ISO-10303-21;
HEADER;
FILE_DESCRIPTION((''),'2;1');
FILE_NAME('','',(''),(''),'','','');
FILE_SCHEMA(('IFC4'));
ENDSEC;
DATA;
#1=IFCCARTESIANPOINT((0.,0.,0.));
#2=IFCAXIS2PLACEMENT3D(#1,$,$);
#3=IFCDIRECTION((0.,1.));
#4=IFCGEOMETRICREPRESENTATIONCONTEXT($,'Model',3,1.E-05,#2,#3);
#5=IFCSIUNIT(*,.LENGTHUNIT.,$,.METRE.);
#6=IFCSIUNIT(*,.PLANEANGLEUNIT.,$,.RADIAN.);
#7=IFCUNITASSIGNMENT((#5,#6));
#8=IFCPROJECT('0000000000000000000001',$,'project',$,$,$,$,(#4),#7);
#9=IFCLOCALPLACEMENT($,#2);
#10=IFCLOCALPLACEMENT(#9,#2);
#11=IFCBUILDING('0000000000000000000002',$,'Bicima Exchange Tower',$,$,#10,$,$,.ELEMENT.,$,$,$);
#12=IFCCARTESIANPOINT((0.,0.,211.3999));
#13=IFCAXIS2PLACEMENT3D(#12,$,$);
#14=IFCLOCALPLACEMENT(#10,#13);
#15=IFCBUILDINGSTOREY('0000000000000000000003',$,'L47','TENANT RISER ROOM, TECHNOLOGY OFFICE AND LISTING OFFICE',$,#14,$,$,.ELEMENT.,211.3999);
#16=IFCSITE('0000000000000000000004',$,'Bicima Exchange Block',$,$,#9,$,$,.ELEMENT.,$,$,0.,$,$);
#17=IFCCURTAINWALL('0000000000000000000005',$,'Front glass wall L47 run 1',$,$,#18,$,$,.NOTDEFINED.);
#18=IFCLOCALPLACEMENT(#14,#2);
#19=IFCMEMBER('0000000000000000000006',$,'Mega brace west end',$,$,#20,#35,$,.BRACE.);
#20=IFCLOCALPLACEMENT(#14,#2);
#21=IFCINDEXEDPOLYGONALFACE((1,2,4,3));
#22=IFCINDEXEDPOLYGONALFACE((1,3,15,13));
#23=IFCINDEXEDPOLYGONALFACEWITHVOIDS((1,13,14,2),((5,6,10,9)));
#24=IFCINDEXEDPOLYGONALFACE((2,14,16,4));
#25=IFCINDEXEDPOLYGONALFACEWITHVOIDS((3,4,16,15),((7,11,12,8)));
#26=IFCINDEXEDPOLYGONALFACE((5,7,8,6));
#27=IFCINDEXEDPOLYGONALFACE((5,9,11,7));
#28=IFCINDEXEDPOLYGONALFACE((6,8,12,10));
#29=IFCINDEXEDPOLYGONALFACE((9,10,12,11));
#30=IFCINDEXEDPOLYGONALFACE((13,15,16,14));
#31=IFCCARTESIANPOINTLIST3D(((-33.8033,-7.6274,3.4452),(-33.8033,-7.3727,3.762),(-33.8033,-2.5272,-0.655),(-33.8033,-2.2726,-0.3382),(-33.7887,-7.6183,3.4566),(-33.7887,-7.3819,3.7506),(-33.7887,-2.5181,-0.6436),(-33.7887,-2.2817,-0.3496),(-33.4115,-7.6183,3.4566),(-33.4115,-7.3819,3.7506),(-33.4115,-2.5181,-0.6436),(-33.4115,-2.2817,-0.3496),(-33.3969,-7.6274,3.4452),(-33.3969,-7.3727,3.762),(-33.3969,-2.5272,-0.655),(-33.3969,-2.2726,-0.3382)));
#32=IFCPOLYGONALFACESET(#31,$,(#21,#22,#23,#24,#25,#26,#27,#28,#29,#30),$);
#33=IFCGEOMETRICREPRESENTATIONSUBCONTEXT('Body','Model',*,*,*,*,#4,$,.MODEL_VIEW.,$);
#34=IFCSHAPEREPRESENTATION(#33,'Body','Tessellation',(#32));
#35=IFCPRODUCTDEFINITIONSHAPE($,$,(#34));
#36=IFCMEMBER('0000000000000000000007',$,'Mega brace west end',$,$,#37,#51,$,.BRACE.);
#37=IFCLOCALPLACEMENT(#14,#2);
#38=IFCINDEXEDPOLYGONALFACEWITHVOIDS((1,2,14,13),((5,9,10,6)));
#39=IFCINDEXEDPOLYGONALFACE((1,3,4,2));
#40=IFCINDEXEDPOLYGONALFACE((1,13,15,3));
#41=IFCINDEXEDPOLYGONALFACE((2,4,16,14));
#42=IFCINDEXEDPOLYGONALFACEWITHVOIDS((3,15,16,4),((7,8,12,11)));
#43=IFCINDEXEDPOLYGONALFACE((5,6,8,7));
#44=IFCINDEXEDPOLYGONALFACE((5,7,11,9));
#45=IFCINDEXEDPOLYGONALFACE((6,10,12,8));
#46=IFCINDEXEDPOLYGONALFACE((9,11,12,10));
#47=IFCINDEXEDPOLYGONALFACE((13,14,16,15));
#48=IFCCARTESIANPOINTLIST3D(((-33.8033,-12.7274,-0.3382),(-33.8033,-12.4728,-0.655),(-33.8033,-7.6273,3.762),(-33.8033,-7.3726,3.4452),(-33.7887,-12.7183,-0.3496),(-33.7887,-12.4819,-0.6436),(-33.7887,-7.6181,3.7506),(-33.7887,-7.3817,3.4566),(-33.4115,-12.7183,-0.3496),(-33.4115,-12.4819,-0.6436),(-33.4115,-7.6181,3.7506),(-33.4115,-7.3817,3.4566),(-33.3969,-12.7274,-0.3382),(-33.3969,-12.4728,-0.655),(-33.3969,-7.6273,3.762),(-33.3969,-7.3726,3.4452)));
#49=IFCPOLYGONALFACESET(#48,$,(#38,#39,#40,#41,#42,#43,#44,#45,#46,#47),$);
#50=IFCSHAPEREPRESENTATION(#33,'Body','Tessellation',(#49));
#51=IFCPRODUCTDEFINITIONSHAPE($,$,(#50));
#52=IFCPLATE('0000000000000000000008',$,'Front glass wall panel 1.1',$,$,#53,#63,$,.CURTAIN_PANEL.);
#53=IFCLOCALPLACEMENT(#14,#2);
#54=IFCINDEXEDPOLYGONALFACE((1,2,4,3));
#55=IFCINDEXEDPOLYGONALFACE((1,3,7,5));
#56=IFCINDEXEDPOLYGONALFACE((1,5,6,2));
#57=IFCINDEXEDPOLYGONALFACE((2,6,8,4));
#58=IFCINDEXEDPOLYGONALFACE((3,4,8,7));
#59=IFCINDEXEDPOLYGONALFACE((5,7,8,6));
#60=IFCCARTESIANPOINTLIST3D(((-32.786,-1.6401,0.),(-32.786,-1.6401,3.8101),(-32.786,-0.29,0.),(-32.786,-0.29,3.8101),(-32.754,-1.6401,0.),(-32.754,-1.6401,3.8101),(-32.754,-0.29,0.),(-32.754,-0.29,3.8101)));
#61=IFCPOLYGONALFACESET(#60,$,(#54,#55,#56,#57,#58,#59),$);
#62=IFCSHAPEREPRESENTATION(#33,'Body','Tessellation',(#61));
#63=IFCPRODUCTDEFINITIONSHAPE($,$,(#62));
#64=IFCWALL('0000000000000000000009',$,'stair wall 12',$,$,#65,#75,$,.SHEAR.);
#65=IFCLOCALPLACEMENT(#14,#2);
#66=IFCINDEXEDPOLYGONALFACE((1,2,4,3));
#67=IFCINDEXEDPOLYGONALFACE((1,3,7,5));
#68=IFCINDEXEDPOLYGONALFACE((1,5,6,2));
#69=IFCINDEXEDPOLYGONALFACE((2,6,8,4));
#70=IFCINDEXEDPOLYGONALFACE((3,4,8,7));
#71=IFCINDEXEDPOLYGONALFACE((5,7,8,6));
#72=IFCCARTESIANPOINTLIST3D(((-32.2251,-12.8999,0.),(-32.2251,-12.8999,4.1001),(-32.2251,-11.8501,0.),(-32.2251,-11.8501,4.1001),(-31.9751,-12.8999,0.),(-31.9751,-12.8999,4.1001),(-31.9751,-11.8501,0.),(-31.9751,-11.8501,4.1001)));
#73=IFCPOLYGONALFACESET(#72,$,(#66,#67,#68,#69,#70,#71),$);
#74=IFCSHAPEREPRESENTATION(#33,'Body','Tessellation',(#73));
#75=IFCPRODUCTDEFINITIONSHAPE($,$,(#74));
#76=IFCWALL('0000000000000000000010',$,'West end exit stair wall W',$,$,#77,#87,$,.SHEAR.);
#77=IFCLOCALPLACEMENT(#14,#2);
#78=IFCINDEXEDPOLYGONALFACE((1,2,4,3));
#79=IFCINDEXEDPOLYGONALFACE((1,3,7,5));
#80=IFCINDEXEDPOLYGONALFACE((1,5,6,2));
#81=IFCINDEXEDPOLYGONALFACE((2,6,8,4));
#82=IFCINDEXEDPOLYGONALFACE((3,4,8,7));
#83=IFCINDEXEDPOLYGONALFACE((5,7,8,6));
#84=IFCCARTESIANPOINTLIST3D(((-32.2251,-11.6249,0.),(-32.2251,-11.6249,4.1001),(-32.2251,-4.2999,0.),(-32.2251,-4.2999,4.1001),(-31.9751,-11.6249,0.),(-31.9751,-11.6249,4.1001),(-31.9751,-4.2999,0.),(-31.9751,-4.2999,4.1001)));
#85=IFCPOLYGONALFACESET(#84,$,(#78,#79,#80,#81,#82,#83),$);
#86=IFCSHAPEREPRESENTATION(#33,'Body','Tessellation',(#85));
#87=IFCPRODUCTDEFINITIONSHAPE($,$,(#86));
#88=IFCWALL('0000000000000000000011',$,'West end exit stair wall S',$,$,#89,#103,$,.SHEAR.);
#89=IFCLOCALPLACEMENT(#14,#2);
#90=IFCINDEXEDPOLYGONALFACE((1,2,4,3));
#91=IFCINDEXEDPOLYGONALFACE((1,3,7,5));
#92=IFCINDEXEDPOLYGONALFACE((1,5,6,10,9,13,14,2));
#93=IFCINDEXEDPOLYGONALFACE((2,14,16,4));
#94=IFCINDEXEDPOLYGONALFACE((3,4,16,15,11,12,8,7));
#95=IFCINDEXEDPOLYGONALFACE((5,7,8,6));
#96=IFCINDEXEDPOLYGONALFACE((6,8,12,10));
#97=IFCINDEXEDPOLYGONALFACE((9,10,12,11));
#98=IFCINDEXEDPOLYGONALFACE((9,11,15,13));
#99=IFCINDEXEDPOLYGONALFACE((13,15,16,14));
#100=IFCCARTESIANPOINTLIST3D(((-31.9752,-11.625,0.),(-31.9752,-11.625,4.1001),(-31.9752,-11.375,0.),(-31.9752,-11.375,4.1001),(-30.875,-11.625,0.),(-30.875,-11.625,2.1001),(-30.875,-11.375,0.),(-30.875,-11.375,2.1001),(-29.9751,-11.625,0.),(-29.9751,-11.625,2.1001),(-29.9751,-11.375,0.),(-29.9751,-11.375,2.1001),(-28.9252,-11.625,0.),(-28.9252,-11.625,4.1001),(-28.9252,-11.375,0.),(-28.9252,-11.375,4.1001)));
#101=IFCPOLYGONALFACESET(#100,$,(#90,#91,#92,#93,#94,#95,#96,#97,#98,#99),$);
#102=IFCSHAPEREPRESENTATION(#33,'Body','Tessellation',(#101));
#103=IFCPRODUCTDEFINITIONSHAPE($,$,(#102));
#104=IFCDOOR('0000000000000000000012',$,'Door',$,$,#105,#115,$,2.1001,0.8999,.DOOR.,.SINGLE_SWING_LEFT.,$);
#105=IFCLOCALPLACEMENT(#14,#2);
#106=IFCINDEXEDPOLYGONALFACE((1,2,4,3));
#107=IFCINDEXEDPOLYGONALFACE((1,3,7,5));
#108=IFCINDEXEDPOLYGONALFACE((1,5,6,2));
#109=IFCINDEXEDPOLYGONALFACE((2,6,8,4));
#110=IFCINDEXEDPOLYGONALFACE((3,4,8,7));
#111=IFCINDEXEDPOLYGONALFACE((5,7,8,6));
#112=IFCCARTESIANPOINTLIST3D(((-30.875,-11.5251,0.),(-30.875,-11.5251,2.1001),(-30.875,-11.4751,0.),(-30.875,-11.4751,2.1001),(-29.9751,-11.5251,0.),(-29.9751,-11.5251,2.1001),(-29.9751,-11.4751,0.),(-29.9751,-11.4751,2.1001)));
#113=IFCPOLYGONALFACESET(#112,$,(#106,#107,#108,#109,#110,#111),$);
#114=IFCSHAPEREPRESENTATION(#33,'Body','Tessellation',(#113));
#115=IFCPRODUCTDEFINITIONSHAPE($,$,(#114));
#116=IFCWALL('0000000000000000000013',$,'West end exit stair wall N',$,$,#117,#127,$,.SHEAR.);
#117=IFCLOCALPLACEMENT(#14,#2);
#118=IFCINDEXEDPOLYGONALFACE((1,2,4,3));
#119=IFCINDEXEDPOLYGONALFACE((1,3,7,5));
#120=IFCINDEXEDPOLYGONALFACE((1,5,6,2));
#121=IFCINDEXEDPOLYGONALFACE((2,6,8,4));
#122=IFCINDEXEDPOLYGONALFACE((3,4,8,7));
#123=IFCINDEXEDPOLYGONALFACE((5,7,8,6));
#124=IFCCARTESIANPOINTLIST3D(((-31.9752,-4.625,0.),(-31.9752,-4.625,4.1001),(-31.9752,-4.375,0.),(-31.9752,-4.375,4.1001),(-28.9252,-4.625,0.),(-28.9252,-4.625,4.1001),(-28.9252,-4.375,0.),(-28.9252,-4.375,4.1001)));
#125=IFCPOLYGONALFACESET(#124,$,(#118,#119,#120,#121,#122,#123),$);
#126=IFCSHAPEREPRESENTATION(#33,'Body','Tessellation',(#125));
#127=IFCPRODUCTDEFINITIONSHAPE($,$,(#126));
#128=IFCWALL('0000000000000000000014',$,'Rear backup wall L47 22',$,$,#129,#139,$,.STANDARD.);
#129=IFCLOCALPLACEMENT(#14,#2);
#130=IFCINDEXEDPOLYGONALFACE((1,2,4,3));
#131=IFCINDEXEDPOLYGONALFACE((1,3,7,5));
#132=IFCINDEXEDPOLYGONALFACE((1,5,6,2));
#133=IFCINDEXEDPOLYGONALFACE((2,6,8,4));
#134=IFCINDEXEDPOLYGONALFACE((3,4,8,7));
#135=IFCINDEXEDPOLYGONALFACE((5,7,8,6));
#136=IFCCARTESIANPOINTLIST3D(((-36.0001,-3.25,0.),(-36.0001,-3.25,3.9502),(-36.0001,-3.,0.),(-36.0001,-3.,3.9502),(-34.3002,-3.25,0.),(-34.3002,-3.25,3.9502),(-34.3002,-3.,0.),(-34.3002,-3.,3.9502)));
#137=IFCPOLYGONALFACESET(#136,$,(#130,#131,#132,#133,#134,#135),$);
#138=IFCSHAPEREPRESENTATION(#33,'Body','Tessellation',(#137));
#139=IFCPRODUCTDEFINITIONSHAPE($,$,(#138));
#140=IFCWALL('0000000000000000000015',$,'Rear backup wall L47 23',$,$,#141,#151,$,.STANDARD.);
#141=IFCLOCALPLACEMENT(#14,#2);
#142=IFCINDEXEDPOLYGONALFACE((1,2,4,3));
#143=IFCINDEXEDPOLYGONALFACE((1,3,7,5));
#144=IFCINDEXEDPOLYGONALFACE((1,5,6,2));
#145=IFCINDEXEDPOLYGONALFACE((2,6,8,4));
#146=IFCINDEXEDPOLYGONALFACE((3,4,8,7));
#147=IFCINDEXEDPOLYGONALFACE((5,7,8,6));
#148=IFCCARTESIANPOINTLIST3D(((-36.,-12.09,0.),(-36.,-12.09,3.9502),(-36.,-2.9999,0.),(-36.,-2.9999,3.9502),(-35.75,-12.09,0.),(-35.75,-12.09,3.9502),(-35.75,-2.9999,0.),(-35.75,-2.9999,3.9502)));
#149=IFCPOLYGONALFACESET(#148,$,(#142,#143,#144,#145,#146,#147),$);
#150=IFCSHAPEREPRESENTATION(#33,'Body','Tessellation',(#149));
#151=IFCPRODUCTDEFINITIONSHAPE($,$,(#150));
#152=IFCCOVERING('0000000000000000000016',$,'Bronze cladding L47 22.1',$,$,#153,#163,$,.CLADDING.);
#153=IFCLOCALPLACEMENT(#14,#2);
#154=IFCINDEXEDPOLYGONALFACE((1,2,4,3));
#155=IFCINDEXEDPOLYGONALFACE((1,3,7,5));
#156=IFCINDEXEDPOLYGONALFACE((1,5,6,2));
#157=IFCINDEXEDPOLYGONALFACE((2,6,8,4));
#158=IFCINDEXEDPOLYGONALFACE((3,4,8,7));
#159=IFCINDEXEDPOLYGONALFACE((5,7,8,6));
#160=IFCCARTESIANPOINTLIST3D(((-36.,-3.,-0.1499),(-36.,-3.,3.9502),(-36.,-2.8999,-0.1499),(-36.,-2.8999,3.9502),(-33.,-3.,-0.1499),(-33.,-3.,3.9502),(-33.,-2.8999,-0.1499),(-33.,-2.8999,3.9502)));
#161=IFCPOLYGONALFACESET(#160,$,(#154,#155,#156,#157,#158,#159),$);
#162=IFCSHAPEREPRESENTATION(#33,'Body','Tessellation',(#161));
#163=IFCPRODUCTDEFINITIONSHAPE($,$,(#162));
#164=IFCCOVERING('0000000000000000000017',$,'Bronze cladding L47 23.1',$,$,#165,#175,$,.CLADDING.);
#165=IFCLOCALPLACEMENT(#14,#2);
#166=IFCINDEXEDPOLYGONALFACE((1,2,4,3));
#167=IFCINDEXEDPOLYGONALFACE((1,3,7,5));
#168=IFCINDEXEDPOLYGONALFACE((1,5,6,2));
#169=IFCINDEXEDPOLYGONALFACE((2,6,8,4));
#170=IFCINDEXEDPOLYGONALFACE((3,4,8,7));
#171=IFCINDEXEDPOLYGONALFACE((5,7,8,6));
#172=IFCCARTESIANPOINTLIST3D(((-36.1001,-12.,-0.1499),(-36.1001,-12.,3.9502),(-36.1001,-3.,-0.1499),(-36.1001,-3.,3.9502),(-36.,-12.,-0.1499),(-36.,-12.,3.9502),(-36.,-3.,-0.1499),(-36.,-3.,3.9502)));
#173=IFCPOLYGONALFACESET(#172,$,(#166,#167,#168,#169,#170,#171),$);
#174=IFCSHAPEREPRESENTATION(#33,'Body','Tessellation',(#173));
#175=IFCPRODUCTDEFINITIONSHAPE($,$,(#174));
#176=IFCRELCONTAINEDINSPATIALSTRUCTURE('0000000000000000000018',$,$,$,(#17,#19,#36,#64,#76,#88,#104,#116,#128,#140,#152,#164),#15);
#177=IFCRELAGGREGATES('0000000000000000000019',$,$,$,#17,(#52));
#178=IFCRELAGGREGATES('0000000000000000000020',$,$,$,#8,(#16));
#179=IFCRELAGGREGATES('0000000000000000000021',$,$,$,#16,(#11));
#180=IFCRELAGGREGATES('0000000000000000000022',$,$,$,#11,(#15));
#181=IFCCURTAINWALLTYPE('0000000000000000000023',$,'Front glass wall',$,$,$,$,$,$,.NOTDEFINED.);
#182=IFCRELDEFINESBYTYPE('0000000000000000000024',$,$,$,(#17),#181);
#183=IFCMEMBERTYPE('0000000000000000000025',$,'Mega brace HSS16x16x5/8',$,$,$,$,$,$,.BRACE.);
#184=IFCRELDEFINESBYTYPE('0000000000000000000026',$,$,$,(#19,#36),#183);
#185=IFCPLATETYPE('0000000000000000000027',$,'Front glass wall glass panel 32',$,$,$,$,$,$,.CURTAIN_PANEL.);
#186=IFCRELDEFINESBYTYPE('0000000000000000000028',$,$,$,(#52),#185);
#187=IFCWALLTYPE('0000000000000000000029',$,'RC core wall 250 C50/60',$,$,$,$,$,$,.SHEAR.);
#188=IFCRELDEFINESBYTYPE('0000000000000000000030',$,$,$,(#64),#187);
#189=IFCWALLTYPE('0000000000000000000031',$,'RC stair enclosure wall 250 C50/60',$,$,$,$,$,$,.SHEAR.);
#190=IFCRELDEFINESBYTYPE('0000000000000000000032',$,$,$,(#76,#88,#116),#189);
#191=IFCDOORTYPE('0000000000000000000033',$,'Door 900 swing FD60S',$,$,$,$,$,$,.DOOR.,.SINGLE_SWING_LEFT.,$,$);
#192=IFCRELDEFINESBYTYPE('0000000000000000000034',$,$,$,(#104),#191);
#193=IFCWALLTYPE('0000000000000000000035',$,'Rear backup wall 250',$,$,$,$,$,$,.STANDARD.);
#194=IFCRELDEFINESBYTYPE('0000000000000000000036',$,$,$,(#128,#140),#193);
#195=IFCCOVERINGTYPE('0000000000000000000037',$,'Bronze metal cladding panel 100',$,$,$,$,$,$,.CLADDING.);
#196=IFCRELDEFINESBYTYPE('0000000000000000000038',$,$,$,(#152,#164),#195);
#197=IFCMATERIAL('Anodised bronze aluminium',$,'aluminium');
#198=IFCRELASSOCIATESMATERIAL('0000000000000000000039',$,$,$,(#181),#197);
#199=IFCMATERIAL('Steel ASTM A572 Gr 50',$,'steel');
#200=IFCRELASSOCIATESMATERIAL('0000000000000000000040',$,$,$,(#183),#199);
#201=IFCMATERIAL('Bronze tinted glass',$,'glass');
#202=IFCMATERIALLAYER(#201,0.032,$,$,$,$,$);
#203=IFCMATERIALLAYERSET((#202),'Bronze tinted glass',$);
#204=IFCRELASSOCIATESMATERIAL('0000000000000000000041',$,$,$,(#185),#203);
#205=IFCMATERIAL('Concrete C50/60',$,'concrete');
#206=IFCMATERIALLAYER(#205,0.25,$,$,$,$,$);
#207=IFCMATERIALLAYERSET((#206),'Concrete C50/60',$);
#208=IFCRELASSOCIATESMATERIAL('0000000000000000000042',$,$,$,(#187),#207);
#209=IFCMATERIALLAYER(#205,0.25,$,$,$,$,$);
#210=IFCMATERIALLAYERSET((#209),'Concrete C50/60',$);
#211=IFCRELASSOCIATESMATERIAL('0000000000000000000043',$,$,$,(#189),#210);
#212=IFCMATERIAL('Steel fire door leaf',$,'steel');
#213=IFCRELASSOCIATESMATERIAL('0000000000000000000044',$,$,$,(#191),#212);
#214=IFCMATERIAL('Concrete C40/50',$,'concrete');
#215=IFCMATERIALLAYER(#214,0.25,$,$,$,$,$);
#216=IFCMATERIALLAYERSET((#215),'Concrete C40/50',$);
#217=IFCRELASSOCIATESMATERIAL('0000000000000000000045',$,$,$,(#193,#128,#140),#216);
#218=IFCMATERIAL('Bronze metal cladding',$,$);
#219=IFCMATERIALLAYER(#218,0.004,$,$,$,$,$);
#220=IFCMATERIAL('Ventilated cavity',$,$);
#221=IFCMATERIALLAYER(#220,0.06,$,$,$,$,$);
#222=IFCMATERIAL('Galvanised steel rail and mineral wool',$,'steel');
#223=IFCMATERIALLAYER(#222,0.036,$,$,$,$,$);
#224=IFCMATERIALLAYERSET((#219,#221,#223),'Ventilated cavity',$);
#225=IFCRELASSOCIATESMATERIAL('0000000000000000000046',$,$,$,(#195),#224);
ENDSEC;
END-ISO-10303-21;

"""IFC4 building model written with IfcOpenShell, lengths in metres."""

from ifc_helpers import new_model, si_unit, direction, frame, frame_2d, origin, origin_2d, place, context, subcontext, project, spatial, rectangle, hollow_rectangle, extrude, material, layer, layer_set, layer_usage, material_profile, profile_set, type_object, element, fill, aggregate, save


model = new_model("IFC4")

# Units and contexts
model_context = context("Model", 3, precision=1e-05, world=origin(), true_north=direction((0.0, 1.0)))
body_context = subcontext(model_context, "Body", "Model", "MODEL_VIEW")
ifc_project = project(units=[si_unit("LENGTHUNIT", "METRE"), si_unit("PLANEANGLEUNIT", "RADIAN")], contexts=[model_context])

# Site, building, storey
site_placement = place(None, origin())
site = spatial("IfcSite", under=ifc_project, at=site_placement, Name="Bicima Exchange Block", CompositionType="ELEMENT", RefElevation=0.0)
building_placement = place(site_placement, origin())
building = spatial("IfcBuilding", under=site, at=building_placement, Name="Bicima Exchange Tower", CompositionType="ELEMENT")
storey_placement = place(building_placement, frame((0.0, 0.0, 211.3999)))
storey = spatial("IfcBuildingStorey", under=building, at=storey_placement, Name="L47", Description="TENANT RISER ROOM, TECHNOLOGY OFFICE AND LISTING OFFICE", CompositionType="ELEMENT", Elevation=211.3999)

# Shared definitions
ifc_material_1 = material(Name="Steel ASTM A572 Gr 50", Category="steel")

# Shared definitions
ifc_material_2 = material(Name="Anodised bronze aluminium", Category="aluminium")

# Curtain wall
curtain_wall_type_1 = type_object("IfcCurtainWallType", Name="Front glass wall", PredefinedType="NOTDEFINED", material=ifc_material_2)
curtain_wall_1_placement = place(storey_placement, origin())
curtain_wall_1 = element("IfcCurtainWall", 1, at=curtain_wall_1_placement, inside=storey, type_object=curtain_wall_type_1, Name="Front glass wall L47 run 1", PredefinedType="NOTDEFINED")

# Members
ifc_material_profile_1 = material_profile(ifc_material_1, hollow_rectangle(XDim=0.4065, YDim=0.4065, WallThickness=0.0146, at=origin_2d()))
ifc_profile_set_1 = profile_set([ifc_material_profile_1], Name="Steel ASTM A572 Gr 50")
member_type_1 = type_object("IfcMemberType", Name="Mega brace HSS16x16x5/8", PredefinedType="BRACE", material=ifc_profile_set_1)
for number, where, z_axis, x_axis, name in (
    (2, (-33.6001, -2.3999, -0.4966), (0.0, -0.779374, 0.626559), (1.0, 0.0, 0.0), "Mega brace west end"),
    (3, (-33.6001, -12.6001, -0.4966), (0.0, 0.779374, 0.626559), (-1.0, 0.0, 0.0), "Mega brace west end"),
):
    element("IfcMember", number, at=place(storey_placement, frame(where, z_axis=z_axis, x_axis=x_axis)), inside=storey, type_object=member_type_1, Name=name, PredefinedType="BRACE", context=body_context, shape_type="SweptSolid", body=[
        extrude(hollow_rectangle(XDim=0.4065, YDim=0.4065, WallThickness=0.0146, at=origin_2d()), origin(), (0.0, 0.0, 1.0), 6.5439),
    ])

# Plate
ifc_material_3 = material(Name="Bronze tinted glass", Category="glass")
ifc_layer_1 = layer(ifc_material_3, 0.032)
ifc_layer_set_1 = layer_set([ifc_layer_1], Name="Bronze tinted glass")
plate_type = type_object("IfcPlateType", Name="Front glass wall glass panel 32", PredefinedType="CURTAIN_PANEL", material=ifc_layer_set_1)
plate_placement = place(storey_placement, frame((-32.77, -0.9651, 0.0), z_axis=(0.0, 0.0, 1.0), x_axis=(0.0, -1.0, 0.0)))
plate = element("IfcPlate", 4, at=plate_placement, type_object=plate_type, Name="Front glass wall panel 1.1", PredefinedType="CURTAIN_PANEL", context=body_context, shape_type="SweptSolid", body=[
    extrude(rectangle(XDim=1.3501, YDim=0.032, at=origin_2d()), origin(), (0.0, 0.0, 1.0), 3.8101),
])
aggregate(curtain_wall_1, [plate])

# Walls
ifc_material_4 = material(Name="Concrete C50/60", Category="concrete")
ifc_layer_2 = layer(ifc_material_4, 0.25)
ifc_layer_set_2 = layer_set([ifc_layer_2], Name="Concrete C50/60")
wall_type_1 = type_object("IfcWallType", Name="RC core wall 250 C50/60", PredefinedType="SHEAR", material=ifc_layer_set_2)
wall_1_placement = place(storey_placement, frame((-32.1001, -12.8999, 0.0), z_axis=(0.0, 0.0, 1.0), x_axis=(0.0, 1.0, 0.0)))
element("IfcWall", 5, at=wall_1_placement, inside=storey, type_object=wall_type_1, Name="stair wall 12", PredefinedType="SHEAR", context=body_context, shape_type="SweptSolid", body=[
    extrude(rectangle(XDim=1.0498, YDim=0.25, at=frame_2d((0.5249, 0.0))), origin(), (0.0, 0.0, 1.0), 4.1001),
])
ifc_layer_3 = layer(ifc_material_4, 0.25)
ifc_layer_set_3 = layer_set([ifc_layer_3], Name="Concrete C50/60")
wall_type_2 = type_object("IfcWallType", Name="RC stair enclosure wall 250 C50/60", PredefinedType="SHEAR", material=ifc_layer_set_3)
wall_2_placement = place(storey_placement, frame((-32.1001, -11.625, 0.0), z_axis=(0.0, 0.0, 1.0), x_axis=(0.0, 1.0, 0.0)))
element("IfcWall", 6, at=wall_2_placement, inside=storey, type_object=wall_type_2, Name="West end exit stair wall W", PredefinedType="SHEAR", context=body_context, shape_type="SweptSolid", body=[
    extrude(rectangle(XDim=7.325, YDim=0.25, at=frame_2d((3.6626, 0.0))), origin(), (0.0, 0.0, 1.0), 4.1001),
])

# Wall, opening, door
wall_3_placement = place(storey_placement, frame((-31.9751, -11.5, 0.0), z_axis=(0.0, 0.0, 1.0), x_axis=(1.0, 0.0, 0.0)))
wall_3 = element("IfcWall", 7, at=wall_3_placement, inside=storey, type_object=wall_type_2, Name="West end exit stair wall S", PredefinedType="SHEAR", context=body_context, shape_type="SweptSolid", body=[
    extrude(rectangle(XDim=3.05, YDim=0.25, at=frame_2d((1.5249, 0.0))), origin(), (0.0, 0.0, 1.0), 4.1001),
])
opening_placement = place(wall_3_placement, frame((1.1001, 0.0, 0.0)))
opening = element("IfcOpeningElement", 8, at=opening_placement, cuts=wall_3, PredefinedType="OPENING", context=body_context, shape_type="SweptSolid", body=[
    extrude(rectangle(XDim=0.8999, YDim=2.1001, at=frame_2d((0.45, 1.05))), frame((0.0, 0.137, 0.0), z_axis=(0.0, -1.0, 0.0), x_axis=(1.0, 0.0, 0.0)), (0.0, 0.0, 1.0), 0.2739),
])
ifc_material_5 = material(Name="Steel fire door leaf", Category="steel")
door_type = type_object("IfcDoorType", Name="Door 900 swing FD60S", OperationType="SINGLE_SWING_LEFT", PredefinedType="DOOR", material=ifc_material_5)
door_placement = place(opening_placement, origin())
door = element("IfcDoor", 9, at=door_placement, inside=storey, type_object=door_type, Name="Door", OperationType="SINGLE_SWING_LEFT", OverallHeight=2.1001, OverallWidth=0.8999, PredefinedType="DOOR", context=body_context, shape_type="SweptSolid", body=[
    extrude(rectangle(XDim=0.8999, YDim=2.1001, at=frame_2d((0.45, 1.05))), frame((0.0, 0.0249, 0.0), z_axis=(0.0, -1.0, 0.0), x_axis=(1.0, 0.0, 0.0)), (0.0, 0.0, 1.0), 0.05),
])
fill(opening, door)

# Walls
wall_4_placement = place(storey_placement, frame((-31.9751, -4.5, 0.0), z_axis=(0.0, 0.0, 1.0), x_axis=(1.0, 0.0, 0.0)))
element("IfcWall", 10, at=wall_4_placement, inside=storey, type_object=wall_type_2, Name="West end exit stair wall N", PredefinedType="SHEAR", context=body_context, shape_type="SweptSolid", body=[
    extrude(rectangle(XDim=3.05, YDim=0.25, at=frame_2d((1.5249, 0.0))), origin(), (0.0, 0.0, 1.0), 4.1001),
])
ifc_material_6 = material(Name="Concrete C40/50", Category="concrete")
ifc_layer_4 = layer(ifc_material_6, 0.25)
ifc_layer_set_4 = layer_set([ifc_layer_4], Name="Concrete C40/50")
ifc_layer_usage = layer_usage(ifc_layer_set_4, "AXIS2", "POSITIVE", -0.125)
wall_type_3 = type_object("IfcWallType", Name="Rear backup wall 250", PredefinedType="STANDARD", material=ifc_layer_set_4)
wall_5_placement = place(storey_placement, frame((-34.3, -3.125, 0.0), z_axis=(0.0, 0.0, 1.0), x_axis=(-1.0, 0.0, 0.0)))
element("IfcWall", 11, at=wall_5_placement, inside=storey, type_object=wall_type_3, material=ifc_layer_usage, Name="Rear backup wall L47 22", PredefinedType="STANDARD", context=body_context, shape_type="SweptSolid", body=[
    extrude(rectangle(XDim=1.7, YDim=0.25, at=frame_2d((0.8501, 0.0))), origin(), (0.0, 0.0, 1.0), 3.9502),
])
wall_6_placement = place(storey_placement, frame((-35.875, -3.0, 0.0), z_axis=(0.0, 0.0, 1.0), x_axis=(0.0, -1.0, 0.0)))
element("IfcWall", 12, at=wall_6_placement, inside=storey, type_object=wall_type_3, material=ifc_layer_usage, Name="Rear backup wall L47 23", PredefinedType="STANDARD", context=body_context, shape_type="SweptSolid", body=[
    extrude(rectangle(XDim=9.0901, YDim=0.25, at=frame_2d((4.5449, 0.0))), origin(), (0.0, 0.0, 1.0), 3.9502),
])

# Coverings
ifc_material_7 = material(Name="Bronze metal cladding")
ifc_layer_5 = layer(ifc_material_7, 0.004)
ifc_material_8 = material(Name="Ventilated cavity")
ifc_layer_6 = layer(ifc_material_8, 0.06)
ifc_material_9 = material(Name="Galvanised steel rail and mineral wool", Category="steel")
ifc_layer_7 = layer(ifc_material_9, 0.036)
ifc_layer_set_5 = layer_set([ifc_layer_5, ifc_layer_6, ifc_layer_7], Name="Ventilated cavity")
covering_type = type_object("IfcCoveringType", Name="Bronze metal cladding panel 100", PredefinedType="CLADDING", material=ifc_layer_set_5)
covering_1_placement = place(storey_placement, frame((-34.5, -2.95, -0.1499), z_axis=(0.0, 0.0, 1.0), x_axis=(-1.0, 0.0, 0.0)))
element("IfcCovering", 13, at=covering_1_placement, inside=storey, type_object=covering_type, Name="Bronze cladding L47 22.1", PredefinedType="CLADDING", context=body_context, shape_type="SweptSolid", body=[
    extrude(rectangle(XDim=3.0, YDim=0.1001, at=origin_2d()), origin(), (0.0, 0.0, 1.0), 4.1001),
])
covering_2_placement = place(storey_placement, frame((-36.05, -7.5, -0.1499), z_axis=(0.0, 0.0, 1.0), x_axis=(0.0, -1.0, 0.0)))
element("IfcCovering", 14, at=covering_2_placement, inside=storey, type_object=covering_type, Name="Bronze cladding L47 23.1", PredefinedType="CLADDING", context=body_context, shape_type="SweptSolid", body=[
    extrude(rectangle(XDim=9.0, YDim=0.1001, at=origin_2d()), origin(), (0.0, 0.0, 1.0), 4.1001),
])

save(model, "model.ifc")
